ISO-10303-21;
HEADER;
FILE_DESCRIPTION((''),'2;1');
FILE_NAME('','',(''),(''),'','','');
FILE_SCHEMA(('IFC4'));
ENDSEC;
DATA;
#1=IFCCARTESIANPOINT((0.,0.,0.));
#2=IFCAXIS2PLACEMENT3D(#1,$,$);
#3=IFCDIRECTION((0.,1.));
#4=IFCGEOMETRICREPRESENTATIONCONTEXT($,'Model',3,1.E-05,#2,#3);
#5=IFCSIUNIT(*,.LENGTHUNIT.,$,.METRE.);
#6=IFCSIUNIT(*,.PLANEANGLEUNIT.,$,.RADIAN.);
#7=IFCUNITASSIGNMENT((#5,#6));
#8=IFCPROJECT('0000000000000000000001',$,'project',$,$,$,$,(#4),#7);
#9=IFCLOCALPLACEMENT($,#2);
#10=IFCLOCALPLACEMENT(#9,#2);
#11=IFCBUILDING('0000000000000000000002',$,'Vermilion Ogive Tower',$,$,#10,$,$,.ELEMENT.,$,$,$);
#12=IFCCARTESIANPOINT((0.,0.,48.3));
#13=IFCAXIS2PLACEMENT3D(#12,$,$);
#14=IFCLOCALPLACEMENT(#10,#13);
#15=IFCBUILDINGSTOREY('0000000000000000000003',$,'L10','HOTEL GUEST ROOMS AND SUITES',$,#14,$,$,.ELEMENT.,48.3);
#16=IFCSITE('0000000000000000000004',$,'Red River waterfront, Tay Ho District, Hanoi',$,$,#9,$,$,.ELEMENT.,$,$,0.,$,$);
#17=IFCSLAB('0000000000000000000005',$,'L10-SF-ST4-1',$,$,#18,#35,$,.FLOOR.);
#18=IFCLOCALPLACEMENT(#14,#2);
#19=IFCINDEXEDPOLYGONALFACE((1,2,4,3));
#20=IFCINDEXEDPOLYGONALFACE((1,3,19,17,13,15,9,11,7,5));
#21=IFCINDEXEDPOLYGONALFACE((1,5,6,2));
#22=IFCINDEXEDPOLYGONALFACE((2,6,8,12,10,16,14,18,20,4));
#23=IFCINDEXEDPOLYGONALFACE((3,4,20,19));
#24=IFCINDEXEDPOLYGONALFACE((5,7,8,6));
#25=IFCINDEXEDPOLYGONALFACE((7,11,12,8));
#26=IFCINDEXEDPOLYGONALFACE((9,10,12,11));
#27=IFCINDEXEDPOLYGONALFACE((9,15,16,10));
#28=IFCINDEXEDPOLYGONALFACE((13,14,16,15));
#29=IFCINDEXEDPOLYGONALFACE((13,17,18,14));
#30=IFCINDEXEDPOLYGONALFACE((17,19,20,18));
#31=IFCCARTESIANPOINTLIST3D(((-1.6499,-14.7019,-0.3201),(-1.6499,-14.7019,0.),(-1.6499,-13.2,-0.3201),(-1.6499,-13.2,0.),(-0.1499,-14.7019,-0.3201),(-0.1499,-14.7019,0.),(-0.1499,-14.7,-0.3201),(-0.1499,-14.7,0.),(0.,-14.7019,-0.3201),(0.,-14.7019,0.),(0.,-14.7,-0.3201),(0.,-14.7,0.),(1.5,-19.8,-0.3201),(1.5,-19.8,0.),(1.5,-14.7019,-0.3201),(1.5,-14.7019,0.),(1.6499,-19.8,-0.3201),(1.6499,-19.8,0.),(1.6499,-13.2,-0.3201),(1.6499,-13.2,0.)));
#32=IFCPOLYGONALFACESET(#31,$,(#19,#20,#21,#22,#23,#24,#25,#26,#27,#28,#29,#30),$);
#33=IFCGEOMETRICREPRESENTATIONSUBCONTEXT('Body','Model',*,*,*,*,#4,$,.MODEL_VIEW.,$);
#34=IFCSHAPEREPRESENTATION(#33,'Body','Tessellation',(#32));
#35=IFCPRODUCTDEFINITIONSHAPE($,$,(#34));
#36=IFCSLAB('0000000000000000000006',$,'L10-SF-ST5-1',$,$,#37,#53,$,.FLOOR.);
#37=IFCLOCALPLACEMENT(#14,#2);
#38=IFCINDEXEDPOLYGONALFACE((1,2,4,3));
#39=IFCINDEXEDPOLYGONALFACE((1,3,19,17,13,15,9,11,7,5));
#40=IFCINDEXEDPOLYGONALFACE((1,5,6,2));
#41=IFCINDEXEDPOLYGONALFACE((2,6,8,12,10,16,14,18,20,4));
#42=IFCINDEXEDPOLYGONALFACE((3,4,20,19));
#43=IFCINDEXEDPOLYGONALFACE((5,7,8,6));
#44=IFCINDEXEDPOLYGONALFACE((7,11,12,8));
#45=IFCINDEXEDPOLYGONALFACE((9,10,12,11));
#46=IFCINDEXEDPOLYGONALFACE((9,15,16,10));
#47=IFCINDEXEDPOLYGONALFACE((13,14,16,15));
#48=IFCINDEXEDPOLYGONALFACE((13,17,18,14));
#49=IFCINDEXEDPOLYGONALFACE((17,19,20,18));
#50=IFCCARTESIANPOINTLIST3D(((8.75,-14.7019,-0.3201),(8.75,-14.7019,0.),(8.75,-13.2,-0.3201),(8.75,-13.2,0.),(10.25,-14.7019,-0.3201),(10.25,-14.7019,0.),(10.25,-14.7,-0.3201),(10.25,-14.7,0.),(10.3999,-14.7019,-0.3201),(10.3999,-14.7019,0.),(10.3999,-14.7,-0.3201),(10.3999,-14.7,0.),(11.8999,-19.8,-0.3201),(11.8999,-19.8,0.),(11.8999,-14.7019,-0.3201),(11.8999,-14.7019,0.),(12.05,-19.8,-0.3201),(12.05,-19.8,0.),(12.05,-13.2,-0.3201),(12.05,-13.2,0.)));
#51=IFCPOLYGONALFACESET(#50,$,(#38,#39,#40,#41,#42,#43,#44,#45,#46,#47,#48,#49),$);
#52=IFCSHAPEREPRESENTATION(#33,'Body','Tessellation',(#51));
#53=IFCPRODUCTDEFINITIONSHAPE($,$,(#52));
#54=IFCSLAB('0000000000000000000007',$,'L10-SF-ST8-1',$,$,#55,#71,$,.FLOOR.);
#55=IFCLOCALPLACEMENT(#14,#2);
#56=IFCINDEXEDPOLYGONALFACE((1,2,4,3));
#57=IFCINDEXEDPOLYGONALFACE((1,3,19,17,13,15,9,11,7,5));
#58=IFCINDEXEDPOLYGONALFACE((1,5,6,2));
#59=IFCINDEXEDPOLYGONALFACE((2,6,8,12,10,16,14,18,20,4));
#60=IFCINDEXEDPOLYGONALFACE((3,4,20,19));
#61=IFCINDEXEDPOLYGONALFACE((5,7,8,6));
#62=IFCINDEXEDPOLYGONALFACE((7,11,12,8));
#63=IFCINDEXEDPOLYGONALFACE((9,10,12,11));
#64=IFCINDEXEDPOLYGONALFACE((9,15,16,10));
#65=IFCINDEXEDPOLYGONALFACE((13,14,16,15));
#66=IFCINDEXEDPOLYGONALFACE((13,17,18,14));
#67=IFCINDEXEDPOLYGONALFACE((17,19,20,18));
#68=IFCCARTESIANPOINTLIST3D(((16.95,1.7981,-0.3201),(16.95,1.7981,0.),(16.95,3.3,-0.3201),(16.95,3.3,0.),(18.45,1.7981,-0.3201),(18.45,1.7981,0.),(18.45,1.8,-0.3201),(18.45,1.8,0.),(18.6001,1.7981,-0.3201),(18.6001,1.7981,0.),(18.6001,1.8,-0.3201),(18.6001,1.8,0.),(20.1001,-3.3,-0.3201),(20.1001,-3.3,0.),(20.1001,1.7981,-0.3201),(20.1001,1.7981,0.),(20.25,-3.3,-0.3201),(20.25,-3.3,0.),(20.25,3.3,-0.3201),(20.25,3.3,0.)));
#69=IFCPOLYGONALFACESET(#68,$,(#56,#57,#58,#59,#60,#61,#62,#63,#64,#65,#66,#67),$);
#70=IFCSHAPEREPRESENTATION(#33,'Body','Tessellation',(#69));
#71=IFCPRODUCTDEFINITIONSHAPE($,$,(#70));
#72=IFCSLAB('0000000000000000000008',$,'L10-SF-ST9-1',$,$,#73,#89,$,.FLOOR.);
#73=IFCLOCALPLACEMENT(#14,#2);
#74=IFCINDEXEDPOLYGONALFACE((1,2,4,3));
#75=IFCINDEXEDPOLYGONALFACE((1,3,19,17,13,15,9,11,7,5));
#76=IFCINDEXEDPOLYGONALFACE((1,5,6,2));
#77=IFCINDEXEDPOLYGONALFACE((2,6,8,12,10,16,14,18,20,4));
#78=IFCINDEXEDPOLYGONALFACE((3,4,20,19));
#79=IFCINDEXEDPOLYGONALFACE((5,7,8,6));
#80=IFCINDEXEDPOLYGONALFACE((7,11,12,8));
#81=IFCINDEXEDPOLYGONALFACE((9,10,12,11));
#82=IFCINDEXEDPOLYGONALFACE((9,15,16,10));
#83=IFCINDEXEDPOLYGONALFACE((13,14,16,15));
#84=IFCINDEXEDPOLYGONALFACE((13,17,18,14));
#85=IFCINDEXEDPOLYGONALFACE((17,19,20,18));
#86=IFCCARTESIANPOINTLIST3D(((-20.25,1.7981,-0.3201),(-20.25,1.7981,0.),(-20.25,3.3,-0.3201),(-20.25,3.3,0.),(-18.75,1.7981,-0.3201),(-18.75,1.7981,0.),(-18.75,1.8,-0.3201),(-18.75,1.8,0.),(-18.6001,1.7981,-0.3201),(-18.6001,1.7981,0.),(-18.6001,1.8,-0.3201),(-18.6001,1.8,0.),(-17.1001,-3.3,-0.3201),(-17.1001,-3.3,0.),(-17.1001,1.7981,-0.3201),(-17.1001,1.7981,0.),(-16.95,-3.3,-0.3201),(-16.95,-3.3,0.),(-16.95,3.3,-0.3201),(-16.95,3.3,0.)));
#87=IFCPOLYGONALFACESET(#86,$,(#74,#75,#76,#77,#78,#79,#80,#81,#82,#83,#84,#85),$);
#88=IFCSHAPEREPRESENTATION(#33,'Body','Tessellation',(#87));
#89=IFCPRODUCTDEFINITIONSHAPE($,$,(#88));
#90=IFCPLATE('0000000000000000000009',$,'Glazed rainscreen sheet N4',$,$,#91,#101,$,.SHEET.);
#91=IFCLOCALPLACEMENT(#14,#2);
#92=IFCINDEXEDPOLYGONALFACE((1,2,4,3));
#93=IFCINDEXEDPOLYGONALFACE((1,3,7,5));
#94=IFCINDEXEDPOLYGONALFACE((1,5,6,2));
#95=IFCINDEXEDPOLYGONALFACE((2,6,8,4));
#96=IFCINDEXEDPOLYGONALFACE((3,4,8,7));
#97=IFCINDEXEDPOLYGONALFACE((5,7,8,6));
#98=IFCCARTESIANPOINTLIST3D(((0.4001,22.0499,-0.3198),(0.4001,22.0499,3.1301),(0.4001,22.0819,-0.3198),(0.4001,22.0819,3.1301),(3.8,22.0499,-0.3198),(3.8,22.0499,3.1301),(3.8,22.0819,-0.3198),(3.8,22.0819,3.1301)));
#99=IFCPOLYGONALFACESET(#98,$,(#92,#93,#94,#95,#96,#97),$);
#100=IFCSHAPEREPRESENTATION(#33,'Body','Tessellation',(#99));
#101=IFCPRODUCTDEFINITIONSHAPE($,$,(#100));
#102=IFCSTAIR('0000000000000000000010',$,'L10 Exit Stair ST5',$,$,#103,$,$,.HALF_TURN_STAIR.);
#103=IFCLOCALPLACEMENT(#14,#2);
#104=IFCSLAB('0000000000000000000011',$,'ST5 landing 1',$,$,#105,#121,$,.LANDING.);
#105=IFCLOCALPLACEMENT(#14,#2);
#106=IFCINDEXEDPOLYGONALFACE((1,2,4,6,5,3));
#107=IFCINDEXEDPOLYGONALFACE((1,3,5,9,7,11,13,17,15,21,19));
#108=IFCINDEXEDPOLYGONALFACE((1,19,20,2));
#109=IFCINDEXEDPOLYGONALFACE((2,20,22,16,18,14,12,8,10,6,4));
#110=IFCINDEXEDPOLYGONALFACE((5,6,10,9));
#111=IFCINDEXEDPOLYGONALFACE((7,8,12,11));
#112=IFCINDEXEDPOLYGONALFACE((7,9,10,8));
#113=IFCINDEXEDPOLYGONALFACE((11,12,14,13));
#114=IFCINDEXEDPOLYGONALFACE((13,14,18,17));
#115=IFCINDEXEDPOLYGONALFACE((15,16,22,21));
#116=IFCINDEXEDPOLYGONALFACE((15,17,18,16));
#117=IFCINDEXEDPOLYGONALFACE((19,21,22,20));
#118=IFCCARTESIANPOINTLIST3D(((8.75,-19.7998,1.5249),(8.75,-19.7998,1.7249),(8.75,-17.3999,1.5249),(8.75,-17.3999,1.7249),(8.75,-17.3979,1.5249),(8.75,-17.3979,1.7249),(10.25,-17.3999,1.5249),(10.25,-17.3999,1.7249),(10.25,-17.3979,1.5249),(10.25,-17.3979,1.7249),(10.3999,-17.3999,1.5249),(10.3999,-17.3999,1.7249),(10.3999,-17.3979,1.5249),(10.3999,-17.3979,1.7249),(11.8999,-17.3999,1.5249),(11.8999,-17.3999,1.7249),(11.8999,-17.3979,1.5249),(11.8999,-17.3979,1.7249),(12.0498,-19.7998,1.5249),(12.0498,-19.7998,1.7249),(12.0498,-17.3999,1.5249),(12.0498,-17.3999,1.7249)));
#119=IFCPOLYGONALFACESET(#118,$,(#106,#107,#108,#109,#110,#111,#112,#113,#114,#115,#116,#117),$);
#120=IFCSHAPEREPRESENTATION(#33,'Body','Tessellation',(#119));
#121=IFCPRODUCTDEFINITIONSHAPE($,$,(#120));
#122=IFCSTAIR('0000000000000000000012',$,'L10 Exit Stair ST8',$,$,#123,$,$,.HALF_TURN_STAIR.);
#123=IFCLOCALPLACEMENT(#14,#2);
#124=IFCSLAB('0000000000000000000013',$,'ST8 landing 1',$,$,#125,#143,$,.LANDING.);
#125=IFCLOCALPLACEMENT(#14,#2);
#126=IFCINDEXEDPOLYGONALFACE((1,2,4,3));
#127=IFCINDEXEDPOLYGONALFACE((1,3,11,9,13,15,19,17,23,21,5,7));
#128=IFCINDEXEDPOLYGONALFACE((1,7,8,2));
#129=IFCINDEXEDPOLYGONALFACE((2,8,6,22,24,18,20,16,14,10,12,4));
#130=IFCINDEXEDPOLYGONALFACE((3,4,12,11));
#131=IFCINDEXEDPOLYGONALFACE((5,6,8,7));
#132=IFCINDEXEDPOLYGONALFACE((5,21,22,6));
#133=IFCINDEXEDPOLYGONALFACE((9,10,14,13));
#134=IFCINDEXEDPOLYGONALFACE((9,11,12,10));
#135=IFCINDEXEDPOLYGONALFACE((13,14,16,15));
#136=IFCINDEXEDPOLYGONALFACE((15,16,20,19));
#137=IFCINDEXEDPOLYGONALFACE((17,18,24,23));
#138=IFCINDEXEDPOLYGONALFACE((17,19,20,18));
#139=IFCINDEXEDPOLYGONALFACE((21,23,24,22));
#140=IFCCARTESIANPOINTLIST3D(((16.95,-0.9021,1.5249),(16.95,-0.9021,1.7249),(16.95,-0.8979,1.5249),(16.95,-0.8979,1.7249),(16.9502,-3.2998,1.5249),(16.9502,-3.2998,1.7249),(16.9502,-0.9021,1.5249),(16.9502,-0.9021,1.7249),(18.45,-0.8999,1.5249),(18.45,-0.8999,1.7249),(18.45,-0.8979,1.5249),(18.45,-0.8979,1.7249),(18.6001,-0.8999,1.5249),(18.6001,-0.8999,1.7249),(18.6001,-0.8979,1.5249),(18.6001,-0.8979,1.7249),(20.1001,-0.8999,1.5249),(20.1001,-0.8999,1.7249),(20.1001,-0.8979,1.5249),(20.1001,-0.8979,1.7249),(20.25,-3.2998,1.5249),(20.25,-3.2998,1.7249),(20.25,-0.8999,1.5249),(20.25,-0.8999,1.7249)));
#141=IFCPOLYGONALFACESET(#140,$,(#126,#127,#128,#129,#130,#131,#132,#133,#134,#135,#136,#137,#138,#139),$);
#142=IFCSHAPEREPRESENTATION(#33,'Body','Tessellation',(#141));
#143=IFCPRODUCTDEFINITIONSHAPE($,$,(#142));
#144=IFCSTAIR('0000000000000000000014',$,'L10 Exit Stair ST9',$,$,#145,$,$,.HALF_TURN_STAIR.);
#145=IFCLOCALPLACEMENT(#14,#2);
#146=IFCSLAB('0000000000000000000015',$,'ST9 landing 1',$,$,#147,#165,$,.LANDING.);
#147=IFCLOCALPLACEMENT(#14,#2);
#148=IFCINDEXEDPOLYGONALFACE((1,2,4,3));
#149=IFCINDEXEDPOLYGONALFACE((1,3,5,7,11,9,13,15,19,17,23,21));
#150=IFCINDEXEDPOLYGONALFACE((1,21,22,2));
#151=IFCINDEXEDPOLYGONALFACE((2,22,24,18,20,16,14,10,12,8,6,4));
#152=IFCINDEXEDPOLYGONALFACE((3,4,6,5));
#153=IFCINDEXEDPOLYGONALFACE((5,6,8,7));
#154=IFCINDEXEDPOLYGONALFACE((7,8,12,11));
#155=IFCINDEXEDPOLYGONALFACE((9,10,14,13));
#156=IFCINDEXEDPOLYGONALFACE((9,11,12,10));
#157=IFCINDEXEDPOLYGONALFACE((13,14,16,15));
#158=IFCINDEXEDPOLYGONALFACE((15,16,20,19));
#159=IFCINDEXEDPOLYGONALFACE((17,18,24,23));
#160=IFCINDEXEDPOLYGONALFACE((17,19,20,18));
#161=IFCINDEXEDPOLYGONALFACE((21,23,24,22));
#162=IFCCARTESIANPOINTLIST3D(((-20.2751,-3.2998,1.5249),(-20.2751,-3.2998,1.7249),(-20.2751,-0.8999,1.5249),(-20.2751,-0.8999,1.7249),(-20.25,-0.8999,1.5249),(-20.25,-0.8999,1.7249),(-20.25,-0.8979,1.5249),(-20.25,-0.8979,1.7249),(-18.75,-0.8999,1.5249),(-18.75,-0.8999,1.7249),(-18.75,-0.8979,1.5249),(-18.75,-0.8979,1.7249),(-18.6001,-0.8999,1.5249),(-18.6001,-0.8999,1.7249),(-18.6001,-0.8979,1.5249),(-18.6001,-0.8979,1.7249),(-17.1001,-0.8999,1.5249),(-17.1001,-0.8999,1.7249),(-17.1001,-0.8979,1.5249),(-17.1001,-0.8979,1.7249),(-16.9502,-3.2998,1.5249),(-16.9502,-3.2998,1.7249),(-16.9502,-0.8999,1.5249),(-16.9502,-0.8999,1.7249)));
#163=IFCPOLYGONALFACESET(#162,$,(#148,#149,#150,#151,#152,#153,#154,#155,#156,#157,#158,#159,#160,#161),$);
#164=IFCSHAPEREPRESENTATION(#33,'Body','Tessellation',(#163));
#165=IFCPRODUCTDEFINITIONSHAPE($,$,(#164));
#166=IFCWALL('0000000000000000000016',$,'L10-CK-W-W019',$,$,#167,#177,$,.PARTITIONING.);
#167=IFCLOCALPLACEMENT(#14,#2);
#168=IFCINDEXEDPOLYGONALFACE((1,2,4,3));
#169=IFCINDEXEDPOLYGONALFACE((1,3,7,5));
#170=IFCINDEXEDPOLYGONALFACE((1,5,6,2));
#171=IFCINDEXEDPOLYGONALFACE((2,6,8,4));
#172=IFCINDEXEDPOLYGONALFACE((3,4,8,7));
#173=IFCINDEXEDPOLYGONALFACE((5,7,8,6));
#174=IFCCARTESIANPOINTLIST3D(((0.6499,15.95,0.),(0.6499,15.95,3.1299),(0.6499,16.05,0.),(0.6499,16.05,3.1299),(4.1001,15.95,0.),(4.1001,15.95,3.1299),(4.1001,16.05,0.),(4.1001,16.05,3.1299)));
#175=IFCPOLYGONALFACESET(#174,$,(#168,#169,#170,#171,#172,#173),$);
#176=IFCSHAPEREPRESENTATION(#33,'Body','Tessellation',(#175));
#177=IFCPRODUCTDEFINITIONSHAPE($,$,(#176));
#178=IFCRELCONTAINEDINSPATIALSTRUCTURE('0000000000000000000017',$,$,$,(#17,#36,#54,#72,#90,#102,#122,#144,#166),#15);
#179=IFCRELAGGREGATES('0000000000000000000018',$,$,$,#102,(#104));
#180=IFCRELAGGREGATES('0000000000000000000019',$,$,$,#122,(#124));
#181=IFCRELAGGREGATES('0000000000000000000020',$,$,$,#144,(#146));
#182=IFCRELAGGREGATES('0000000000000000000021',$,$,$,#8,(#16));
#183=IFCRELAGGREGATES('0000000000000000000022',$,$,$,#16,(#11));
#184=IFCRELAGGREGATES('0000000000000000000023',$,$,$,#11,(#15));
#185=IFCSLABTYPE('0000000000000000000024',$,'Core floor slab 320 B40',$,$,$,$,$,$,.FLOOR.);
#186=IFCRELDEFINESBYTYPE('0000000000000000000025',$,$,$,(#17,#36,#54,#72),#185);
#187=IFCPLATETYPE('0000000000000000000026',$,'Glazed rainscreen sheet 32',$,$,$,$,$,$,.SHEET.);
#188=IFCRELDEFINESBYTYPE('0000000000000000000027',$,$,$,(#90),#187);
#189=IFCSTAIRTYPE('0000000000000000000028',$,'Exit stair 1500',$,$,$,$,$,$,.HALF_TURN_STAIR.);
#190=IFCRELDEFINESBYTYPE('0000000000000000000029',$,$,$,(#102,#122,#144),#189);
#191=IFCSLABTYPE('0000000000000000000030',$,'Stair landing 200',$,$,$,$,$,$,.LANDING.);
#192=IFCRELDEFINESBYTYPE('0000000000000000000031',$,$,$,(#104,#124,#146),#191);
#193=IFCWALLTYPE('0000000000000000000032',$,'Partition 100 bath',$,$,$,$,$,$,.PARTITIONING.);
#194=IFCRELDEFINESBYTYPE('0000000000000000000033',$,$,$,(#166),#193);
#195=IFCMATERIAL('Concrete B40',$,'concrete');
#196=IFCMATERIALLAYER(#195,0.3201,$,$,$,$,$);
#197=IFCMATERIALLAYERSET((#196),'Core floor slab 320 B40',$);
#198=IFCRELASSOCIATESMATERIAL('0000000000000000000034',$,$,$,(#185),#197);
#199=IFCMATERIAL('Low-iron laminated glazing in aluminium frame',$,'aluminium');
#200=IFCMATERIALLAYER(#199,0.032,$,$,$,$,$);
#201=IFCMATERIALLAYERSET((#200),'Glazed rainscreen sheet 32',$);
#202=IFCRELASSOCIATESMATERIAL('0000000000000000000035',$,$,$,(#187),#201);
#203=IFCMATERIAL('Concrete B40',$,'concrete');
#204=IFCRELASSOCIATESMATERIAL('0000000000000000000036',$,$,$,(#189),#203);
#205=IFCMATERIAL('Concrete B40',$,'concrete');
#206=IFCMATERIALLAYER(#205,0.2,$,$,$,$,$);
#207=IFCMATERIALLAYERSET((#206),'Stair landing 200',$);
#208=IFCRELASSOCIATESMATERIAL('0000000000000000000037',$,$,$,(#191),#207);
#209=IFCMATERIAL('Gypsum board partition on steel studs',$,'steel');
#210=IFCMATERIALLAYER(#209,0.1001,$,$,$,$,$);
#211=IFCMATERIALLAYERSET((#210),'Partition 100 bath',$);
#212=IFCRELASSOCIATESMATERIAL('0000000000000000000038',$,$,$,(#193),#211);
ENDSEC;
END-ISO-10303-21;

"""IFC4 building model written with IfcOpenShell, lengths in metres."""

from ifc_helpers import new_model, si_unit, direction, frame, frame_2d, origin, origin_2d, place, context, subcontext, project, spatial, polyline, rectangle, outline, extrude, material, layer, layer_set, type_object, element, aggregate, save


model = new_model("IFC4")

# Units and contexts
model_context = context("Model", 3, precision=1e-05, world=origin(), true_north=direction((0.0, 1.0)))
body_context = subcontext(model_context, "Body", "Model", "MODEL_VIEW")
ifc_project = project(units=[si_unit("LENGTHUNIT", "METRE"), si_unit("PLANEANGLEUNIT", "RADIAN")], contexts=[model_context])

# Site, building, storey
site_placement = place(None, origin())
site = spatial("IfcSite", under=ifc_project, at=site_placement, Name="Red River waterfront, Tay Ho District, Hanoi", CompositionType="ELEMENT", RefElevation=0.0)
building_placement = place(site_placement, origin())
building = spatial("IfcBuilding", under=site, at=building_placement, Name="Vermilion Ogive Tower", CompositionType="ELEMENT")
storey_placement = place(building_placement, frame((0.0, 0.0, 48.3)))
storey = spatial("IfcBuildingStorey", under=building, at=storey_placement, Name="L10", Description="HOTEL GUEST ROOMS AND SUITES", CompositionType="ELEMENT", Elevation=48.3)

# Slabs
ifc_material_1 = material(Name="Concrete B40", Category="concrete")
ifc_layer_1 = layer(ifc_material_1, 0.3201)
ifc_layer_set_1 = layer_set([ifc_layer_1], Name="Core floor slab 320 B40")
slab_type_1 = type_object("IfcSlabType", Name="Core floor slab 320 B40", PredefinedType="FLOOR", material=ifc_layer_set_1)
slab_1_placement = place(storey_placement, frame((0.0, 0.0, -0.3201)))
element("IfcSlab", 1, at=slab_1_placement, inside=storey, type_object=slab_type_1, Name="L10-SF-ST4-1", PredefinedType="FLOOR", context=body_context, shape_type="SweptSolid", body=[
    extrude(outline(polyline([(-1.6499, -13.2), (-1.6499, -14.7019), (-0.1499, -14.7019), (-0.1499, -14.7), (0.0, -14.7), (0.0, -14.7019), (1.5, -14.7019), (1.5, -19.8), (1.6499, -19.8), (1.6499, -13.2), (-1.6499, -13.2)])), origin(), (0.0, 0.0, 1.0), 0.3201),
])
slab_2_placement = place(storey_placement, frame((0.0, 0.0, -0.3201)))
element("IfcSlab", 2, at=slab_2_placement, inside=storey, type_object=slab_type_1, Name="L10-SF-ST5-1", PredefinedType="FLOOR", context=body_context, shape_type="SweptSolid", body=[
    extrude(outline(polyline([(8.75, -13.2), (8.75, -14.7019), (10.25, -14.7019), (10.25, -14.7), (10.3999, -14.7), (10.3999, -14.7019), (11.8999, -14.7019), (11.8999, -19.8), (12.05, -19.8), (12.05, -13.2), (8.75, -13.2)])), origin(), (0.0, 0.0, 1.0), 0.3201),
])
slab_3_placement = place(storey_placement, frame((0.0, 0.0, -0.3201)))
element("IfcSlab", 3, at=slab_3_placement, inside=storey, type_object=slab_type_1, Name="L10-SF-ST8-1", PredefinedType="FLOOR", context=body_context, shape_type="SweptSolid", body=[
    extrude(outline(polyline([(16.95, 3.3), (16.95, 1.7981), (18.45, 1.7981), (18.45, 1.8), (18.6001, 1.8), (18.6001, 1.7981), (20.1001, 1.7981), (20.1001, -3.3), (20.25, -3.3), (20.25, 3.3), (16.95, 3.3)])), origin(), (0.0, 0.0, 1.0), 0.3201),
])
slab_4_placement = place(storey_placement, frame((0.0, 0.0, -0.3201)))
element("IfcSlab", 4, at=slab_4_placement, inside=storey, type_object=slab_type_1, Name="L10-SF-ST9-1", PredefinedType="FLOOR", context=body_context, shape_type="SweptSolid", body=[
    extrude(outline(polyline([(-20.25, 3.3), (-20.25, 1.7981), (-18.75, 1.7981), (-18.75, 1.8), (-18.6001, 1.8), (-18.6001, 1.7981), (-17.1001, 1.7981), (-17.1001, -3.3), (-16.95, -3.3), (-16.95, 3.3), (-20.25, 3.3)])), origin(), (0.0, 0.0, 1.0), 0.3201),
])

# Plate
ifc_material_2 = material(Name="Low-iron laminated glazing in aluminium frame", Category="aluminium")
ifc_layer_2 = layer(ifc_material_2, 0.032)
ifc_layer_set_2 = layer_set([ifc_layer_2], Name="Glazed rainscreen sheet 32")
plate_type = type_object("IfcPlateType", Name="Glazed rainscreen sheet 32", PredefinedType="SHEET", material=ifc_layer_set_2)
plate_placement = place(storey_placement, frame((2.1001, 22.0659, -0.3198), z_axis=(0.0, 0.0, 1.0), x_axis=(1.0, 0.0, 0.0)))
element("IfcPlate", 5, at=plate_placement, inside=storey, type_object=plate_type, Name="Glazed rainscreen sheet N4", PredefinedType="SHEET", context=body_context, shape_type="SweptSolid", body=[
    extrude(rectangle(XDim=3.3999, YDim=0.032, at=origin_2d()), origin(), (0.0, 0.0, 1.0), 3.45),
])

# Stairs, slabs
ifc_material_3 = material(Name="Concrete B40", Category="concrete")
stair_type = type_object("IfcStairType", Name="Exit stair 1500", PredefinedType="HALF_TURN_STAIR", material=ifc_material_3)
stair_1_placement = place(storey_placement, origin())
stair_1 = element("IfcStair", 6, at=stair_1_placement, inside=storey, type_object=stair_type, Name="L10 Exit Stair ST5", PredefinedType="HALF_TURN_STAIR")
ifc_material_4 = material(Name="Concrete B40", Category="concrete")
ifc_layer_3 = layer(ifc_material_4, 0.2)
ifc_layer_set_3 = layer_set([ifc_layer_3], Name="Stair landing 200")
slab_type_2 = type_object("IfcSlabType", Name="Stair landing 200", PredefinedType="LANDING", material=ifc_layer_set_3)
slab_5_placement = place(storey_placement, frame((0.0, 0.0, 1.5249)))
slab_5 = element("IfcSlab", 7, at=slab_5_placement, type_object=slab_type_2, Name="ST5 landing 1", PredefinedType="LANDING", context=body_context, shape_type="SweptSolid", body=[
    extrude(outline(polyline([(12.0498, -17.3999), (11.8999, -17.3999), (11.8999, -17.3979), (10.3999, -17.3979), (10.3999, -17.3999), (10.25, -17.3999), (10.25, -17.3979), (8.75, -17.3979), (8.75, -17.3999), (8.75, -17.3999), (8.75, -19.7998), (12.0498, -19.7998), (12.0498, -17.3999)])), origin(), (0.0, 0.0, 1.0), 0.2),
])
aggregate(stair_1, [slab_5])
stair_2_placement = place(storey_placement, origin())
stair_2 = element("IfcStair", 8, at=stair_2_placement, inside=storey, type_object=stair_type, Name="L10 Exit Stair ST8", PredefinedType="HALF_TURN_STAIR")
slab_6_placement = place(storey_placement, frame((0.0, 0.0, 1.5249)))
slab_6 = element("IfcSlab", 9, at=slab_6_placement, type_object=slab_type_2, Name="ST8 landing 1", PredefinedType="LANDING", context=body_context, shape_type="SweptSolid", body=[
    extrude(outline(polyline([(20.25, -0.8999), (20.1001, -0.8999), (20.1001, -0.8979), (18.6001, -0.8979), (18.6001, -0.8999), (18.45, -0.8999), (18.45, -0.8979), (16.95, -0.8979), (16.95, -0.9021), (16.9502, -0.9021), (16.9502, -3.2998), (20.25, -3.2998), (20.25, -0.8999)])), origin(), (0.0, 0.0, 1.0), 0.2),
])
aggregate(stair_2, [slab_6])
stair_3_placement = place(storey_placement, origin())
stair_3 = element("IfcStair", 10, at=stair_3_placement, inside=storey, type_object=stair_type, Name="L10 Exit Stair ST9", PredefinedType="HALF_TURN_STAIR")
slab_7_placement = place(storey_placement, frame((0.0, 0.0, 1.5249)))
slab_7 = element("IfcSlab", 11, at=slab_7_placement, type_object=slab_type_2, Name="ST9 landing 1", PredefinedType="LANDING", context=body_context, shape_type="SweptSolid", body=[
    extrude(outline(polyline([(-16.9502, -0.8999), (-17.1001, -0.8999), (-17.1001, -0.8979), (-18.6001, -0.8979), (-18.6001, -0.8999), (-18.75, -0.8999), (-18.75, -0.8979), (-20.25, -0.8979), (-20.25, -0.8999), (-20.2751, -0.8999), (-20.2751, -3.2998), (-16.9502, -3.2998), (-16.9502, -0.8999)])), origin(), (0.0, 0.0, 1.0), 0.2),
])
aggregate(stair_3, [slab_7])

# Wall
ifc_material_5 = material(Name="Gypsum board partition on steel studs", Category="steel")
ifc_layer_4 = layer(ifc_material_5, 0.1001)
ifc_layer_set_4 = layer_set([ifc_layer_4], Name="Partition 100 bath")
wall_type_1 = type_object("IfcWallType", Name="Partition 100 bath", PredefinedType="PARTITIONING", material=ifc_layer_set_4)
wall_1_placement = place(storey_placement, frame((0.6499, 16.0, 0.0), z_axis=(0.0, 0.0, 1.0), x_axis=(1.0, 0.0, 0.0)))
element("IfcWall", 12, at=wall_1_placement, inside=storey, type_object=wall_type_1, Name="L10-CK-W-W019", PredefinedType="PARTITIONING", context=body_context, shape_type="SweptSolid", body=[
    extrude(rectangle(XDim=3.4502, YDim=0.1001, at=frame_2d((1.7251, 0.0))), origin(), (0.0, 0.0, 1.0), 3.1299),
])

save(model, "model.ifc")
